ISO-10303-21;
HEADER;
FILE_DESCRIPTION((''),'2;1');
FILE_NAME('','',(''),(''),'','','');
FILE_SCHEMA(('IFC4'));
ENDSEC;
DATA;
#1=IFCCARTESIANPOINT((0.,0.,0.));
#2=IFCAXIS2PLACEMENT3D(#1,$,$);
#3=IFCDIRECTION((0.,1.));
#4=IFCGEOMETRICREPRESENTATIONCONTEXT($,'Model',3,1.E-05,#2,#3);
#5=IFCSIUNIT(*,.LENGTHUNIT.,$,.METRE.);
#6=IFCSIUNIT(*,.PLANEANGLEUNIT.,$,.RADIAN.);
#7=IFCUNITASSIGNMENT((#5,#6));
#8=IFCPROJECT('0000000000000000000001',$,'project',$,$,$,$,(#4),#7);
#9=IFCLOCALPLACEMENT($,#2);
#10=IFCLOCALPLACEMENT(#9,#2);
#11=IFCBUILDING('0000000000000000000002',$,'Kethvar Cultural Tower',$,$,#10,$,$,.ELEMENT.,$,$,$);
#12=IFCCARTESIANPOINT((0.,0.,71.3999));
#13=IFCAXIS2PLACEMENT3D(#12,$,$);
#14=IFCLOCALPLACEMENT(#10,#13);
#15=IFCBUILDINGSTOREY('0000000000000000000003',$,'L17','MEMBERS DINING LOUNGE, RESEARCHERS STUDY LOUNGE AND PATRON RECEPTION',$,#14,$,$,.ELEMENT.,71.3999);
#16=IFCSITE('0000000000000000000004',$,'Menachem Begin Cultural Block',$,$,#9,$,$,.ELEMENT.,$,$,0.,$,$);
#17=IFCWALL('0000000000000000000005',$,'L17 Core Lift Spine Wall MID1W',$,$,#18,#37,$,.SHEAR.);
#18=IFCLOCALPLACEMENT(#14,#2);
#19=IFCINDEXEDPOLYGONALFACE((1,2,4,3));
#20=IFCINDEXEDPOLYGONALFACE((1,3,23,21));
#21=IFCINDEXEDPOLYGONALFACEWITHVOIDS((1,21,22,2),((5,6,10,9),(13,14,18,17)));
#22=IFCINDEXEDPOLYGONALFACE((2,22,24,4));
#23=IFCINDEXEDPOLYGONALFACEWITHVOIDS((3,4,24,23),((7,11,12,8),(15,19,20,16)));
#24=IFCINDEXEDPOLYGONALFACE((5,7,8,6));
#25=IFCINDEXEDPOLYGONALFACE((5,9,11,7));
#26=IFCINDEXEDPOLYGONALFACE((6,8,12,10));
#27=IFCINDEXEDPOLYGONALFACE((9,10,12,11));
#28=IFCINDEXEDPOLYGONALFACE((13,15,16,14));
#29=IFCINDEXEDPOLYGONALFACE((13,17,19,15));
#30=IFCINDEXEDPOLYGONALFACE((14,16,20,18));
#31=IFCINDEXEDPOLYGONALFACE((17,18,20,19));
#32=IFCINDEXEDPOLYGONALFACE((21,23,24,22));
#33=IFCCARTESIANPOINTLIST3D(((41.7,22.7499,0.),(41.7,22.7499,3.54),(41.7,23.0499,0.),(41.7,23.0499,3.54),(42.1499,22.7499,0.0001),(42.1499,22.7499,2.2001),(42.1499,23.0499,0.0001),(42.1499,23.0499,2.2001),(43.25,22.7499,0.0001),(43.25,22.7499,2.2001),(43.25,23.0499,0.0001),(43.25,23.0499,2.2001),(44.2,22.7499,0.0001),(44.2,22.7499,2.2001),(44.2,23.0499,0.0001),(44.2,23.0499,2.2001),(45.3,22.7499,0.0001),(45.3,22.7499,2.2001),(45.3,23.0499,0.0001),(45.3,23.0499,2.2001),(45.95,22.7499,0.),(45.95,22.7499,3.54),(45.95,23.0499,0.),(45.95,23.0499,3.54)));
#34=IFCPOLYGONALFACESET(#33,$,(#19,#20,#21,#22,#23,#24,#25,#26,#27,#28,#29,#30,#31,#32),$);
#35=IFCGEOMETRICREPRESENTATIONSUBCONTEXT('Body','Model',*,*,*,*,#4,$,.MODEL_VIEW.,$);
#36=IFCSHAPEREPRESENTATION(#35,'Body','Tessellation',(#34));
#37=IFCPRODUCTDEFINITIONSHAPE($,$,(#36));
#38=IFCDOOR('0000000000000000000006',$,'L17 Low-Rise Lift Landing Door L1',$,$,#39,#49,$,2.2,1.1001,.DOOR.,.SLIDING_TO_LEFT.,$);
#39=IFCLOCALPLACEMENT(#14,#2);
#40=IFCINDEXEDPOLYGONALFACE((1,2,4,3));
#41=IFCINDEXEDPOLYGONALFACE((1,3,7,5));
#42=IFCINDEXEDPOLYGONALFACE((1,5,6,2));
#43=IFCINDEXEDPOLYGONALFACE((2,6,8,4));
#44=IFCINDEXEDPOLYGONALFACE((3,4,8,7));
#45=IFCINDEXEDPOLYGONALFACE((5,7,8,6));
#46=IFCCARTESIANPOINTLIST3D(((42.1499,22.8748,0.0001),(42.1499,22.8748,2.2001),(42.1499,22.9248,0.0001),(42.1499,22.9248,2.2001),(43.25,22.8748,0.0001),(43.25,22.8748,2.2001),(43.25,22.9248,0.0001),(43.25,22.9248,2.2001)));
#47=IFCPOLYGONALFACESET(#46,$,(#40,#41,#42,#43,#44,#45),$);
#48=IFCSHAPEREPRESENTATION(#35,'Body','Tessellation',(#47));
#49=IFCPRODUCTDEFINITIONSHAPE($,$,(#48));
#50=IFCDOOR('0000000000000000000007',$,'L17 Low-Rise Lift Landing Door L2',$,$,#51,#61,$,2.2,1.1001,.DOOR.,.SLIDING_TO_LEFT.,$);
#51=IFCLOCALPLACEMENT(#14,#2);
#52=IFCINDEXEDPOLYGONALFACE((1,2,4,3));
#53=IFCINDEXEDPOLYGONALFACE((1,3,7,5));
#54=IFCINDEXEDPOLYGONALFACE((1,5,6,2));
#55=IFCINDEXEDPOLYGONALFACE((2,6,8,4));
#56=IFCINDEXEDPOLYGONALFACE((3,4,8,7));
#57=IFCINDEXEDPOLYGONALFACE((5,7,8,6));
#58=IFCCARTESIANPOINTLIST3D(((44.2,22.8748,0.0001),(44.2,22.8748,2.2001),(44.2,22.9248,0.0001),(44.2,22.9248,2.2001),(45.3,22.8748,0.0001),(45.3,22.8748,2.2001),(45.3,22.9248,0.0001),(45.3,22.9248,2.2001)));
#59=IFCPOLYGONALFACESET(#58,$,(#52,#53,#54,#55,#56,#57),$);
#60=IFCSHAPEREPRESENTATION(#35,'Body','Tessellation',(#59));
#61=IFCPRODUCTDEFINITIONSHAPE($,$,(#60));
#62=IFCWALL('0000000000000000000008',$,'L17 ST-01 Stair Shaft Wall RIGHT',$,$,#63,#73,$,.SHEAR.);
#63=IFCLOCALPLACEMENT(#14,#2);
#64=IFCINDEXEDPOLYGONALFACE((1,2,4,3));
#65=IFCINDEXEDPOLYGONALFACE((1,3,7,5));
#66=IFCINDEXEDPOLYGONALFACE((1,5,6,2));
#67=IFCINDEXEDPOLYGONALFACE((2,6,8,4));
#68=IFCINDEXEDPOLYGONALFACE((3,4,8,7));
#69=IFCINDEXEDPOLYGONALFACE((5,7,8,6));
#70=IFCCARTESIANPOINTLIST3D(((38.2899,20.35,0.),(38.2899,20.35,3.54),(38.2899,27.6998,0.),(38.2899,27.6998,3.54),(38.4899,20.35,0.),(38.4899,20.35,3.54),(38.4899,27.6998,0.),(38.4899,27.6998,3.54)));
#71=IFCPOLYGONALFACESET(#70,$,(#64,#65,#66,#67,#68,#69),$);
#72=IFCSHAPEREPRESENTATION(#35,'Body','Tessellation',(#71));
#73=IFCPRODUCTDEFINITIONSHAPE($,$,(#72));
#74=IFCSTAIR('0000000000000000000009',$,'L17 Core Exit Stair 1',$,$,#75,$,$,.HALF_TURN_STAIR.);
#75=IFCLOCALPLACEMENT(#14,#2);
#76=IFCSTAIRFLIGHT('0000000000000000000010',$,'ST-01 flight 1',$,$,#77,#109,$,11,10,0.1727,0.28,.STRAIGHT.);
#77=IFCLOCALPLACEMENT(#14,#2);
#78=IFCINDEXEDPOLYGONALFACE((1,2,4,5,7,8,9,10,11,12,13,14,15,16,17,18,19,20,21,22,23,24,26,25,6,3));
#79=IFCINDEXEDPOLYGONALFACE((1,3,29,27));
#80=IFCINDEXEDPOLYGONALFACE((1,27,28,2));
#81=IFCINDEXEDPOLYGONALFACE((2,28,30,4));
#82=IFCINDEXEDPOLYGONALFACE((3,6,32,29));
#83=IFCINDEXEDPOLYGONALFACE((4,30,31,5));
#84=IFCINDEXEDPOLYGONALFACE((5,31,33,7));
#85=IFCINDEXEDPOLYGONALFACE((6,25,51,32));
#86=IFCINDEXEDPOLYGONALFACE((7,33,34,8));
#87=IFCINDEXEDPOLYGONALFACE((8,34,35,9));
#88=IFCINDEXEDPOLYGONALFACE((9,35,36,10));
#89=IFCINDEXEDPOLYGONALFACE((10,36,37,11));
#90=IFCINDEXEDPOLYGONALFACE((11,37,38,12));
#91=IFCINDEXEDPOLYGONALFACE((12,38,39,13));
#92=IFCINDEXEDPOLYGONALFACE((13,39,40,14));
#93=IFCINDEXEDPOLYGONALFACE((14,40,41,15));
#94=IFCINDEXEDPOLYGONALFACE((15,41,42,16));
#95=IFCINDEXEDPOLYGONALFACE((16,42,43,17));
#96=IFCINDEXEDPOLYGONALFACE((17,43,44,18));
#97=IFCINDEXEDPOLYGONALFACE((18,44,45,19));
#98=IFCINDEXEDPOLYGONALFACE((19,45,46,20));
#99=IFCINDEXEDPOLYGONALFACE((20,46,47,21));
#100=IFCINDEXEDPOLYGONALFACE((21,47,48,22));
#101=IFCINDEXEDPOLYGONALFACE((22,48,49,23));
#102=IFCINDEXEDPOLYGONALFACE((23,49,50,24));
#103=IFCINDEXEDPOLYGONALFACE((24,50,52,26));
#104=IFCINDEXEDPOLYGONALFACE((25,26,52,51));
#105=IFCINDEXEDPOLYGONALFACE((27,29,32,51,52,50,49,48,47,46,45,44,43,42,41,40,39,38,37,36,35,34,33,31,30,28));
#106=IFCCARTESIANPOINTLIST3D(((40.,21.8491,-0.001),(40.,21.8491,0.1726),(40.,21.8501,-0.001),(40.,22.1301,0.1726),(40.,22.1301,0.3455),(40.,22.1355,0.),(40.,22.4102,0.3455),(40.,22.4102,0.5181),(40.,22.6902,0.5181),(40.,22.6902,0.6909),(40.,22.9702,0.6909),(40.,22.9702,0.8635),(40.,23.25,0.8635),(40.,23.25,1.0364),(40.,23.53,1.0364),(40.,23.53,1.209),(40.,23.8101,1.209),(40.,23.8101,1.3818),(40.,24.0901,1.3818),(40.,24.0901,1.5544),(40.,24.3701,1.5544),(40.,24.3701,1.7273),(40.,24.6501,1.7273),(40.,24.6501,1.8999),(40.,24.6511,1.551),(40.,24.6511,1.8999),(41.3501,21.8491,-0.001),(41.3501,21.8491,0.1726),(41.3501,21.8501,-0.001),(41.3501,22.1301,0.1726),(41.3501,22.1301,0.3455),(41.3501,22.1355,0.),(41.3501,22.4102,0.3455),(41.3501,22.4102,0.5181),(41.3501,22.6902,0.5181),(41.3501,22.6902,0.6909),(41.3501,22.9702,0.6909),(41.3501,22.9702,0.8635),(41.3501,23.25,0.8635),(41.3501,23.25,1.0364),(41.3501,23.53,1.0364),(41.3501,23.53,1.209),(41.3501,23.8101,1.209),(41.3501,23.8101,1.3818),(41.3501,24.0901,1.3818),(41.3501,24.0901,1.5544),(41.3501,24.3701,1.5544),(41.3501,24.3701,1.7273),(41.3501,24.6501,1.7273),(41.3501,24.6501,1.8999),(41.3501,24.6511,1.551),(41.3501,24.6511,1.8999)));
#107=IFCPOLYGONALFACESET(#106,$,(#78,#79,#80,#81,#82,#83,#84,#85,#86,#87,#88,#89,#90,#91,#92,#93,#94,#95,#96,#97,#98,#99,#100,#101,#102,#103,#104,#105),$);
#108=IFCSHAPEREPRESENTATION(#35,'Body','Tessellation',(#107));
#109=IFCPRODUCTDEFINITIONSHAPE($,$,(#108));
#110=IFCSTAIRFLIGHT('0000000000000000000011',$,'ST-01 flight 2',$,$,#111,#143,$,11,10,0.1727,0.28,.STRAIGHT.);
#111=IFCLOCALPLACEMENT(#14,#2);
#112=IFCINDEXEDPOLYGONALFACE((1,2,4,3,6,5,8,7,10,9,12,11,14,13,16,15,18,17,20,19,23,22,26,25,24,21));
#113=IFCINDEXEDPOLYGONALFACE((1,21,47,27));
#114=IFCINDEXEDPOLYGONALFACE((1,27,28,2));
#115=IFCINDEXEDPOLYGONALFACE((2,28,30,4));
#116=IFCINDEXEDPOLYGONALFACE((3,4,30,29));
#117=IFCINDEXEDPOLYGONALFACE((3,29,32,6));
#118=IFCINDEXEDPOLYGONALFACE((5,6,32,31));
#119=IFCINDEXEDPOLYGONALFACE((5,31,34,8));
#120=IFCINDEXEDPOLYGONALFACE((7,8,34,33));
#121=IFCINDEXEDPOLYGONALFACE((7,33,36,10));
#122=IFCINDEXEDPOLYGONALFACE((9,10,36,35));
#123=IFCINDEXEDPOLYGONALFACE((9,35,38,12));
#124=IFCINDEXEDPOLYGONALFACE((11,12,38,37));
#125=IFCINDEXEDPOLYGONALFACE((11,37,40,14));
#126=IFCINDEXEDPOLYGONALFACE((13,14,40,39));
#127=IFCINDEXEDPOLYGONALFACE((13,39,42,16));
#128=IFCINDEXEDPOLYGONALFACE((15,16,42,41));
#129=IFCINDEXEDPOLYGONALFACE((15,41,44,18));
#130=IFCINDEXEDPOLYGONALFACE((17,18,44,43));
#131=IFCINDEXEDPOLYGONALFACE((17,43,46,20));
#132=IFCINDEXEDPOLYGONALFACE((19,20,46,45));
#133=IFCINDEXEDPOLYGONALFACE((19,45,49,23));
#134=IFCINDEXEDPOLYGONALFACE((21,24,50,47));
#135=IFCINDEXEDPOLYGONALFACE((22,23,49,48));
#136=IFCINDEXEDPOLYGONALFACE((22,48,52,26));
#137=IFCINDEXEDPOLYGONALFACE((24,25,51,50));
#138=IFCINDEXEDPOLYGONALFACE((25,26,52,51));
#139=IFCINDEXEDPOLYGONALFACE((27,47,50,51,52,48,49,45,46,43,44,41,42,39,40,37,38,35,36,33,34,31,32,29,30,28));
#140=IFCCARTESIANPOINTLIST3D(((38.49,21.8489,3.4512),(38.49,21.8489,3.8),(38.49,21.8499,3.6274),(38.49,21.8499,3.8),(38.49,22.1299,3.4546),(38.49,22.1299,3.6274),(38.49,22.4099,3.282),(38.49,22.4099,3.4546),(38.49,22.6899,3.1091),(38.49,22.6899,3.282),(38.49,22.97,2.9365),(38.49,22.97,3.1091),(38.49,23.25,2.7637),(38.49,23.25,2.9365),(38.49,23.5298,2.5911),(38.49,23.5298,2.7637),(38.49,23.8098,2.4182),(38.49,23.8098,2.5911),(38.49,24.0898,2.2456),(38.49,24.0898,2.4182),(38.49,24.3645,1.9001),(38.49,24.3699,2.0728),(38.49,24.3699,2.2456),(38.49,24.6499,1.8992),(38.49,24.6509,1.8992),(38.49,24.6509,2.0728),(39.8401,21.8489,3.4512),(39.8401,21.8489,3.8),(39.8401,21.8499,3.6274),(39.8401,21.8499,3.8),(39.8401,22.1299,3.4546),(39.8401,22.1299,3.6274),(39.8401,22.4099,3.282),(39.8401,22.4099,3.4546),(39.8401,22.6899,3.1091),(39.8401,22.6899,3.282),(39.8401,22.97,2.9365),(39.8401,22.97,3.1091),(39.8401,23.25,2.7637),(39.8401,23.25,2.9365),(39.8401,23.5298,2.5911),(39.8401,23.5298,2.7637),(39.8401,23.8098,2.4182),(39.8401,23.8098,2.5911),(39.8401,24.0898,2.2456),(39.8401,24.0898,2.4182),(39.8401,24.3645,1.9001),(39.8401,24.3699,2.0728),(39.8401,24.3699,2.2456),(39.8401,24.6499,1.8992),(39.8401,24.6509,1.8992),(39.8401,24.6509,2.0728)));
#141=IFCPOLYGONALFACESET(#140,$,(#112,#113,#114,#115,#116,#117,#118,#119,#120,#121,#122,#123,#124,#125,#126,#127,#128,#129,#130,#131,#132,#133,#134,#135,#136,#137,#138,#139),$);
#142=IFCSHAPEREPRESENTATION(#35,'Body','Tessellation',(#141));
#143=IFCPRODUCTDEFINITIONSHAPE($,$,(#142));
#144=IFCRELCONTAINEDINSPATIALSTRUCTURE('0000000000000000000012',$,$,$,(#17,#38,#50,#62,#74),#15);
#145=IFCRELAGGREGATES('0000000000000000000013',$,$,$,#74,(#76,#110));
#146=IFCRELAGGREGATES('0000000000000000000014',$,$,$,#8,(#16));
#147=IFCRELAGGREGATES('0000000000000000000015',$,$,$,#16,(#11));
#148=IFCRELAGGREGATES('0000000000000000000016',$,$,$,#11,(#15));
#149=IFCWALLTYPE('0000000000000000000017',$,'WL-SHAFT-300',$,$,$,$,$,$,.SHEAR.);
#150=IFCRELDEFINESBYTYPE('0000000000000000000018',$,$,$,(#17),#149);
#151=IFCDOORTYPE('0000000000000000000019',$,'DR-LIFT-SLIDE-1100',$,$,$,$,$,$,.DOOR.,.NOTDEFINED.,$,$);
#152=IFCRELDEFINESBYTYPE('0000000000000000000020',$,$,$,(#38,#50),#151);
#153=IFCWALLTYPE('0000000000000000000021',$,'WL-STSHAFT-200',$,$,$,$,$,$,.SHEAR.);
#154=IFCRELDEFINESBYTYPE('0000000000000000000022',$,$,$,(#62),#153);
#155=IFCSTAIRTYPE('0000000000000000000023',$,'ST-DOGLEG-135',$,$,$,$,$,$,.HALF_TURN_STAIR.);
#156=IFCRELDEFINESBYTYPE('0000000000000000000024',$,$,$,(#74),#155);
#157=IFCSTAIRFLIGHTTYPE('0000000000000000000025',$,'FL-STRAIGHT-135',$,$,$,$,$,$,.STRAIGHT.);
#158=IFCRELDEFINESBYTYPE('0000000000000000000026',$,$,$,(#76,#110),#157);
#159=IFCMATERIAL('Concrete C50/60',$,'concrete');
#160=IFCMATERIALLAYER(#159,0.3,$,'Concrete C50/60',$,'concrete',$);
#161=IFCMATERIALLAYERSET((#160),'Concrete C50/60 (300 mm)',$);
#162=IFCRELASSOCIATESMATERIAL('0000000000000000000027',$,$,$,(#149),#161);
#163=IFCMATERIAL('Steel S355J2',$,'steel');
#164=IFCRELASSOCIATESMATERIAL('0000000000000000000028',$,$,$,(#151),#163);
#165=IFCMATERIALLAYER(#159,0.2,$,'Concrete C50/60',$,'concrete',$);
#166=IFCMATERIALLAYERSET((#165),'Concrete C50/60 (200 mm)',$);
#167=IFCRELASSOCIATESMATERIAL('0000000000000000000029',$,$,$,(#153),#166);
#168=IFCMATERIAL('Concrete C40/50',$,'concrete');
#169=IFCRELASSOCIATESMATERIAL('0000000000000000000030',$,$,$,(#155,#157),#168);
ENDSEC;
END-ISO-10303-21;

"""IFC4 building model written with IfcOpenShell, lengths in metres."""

from ifc_helpers import new_model, si_unit, direction, frame, frame_2d, origin, place, context, subcontext, project, spatial, polyline, rectangle, outline, extrude, source, transform, mapped, material, layer, layer_set, type_object, element, fill, aggregate, save


model = new_model("IFC4")

# Units and contexts
model_context = context("Model", 3, precision=1e-05, world=origin(), true_north=direction((0.0, 1.0)))
body_context = subcontext(model_context, "Body", "Model", "MODEL_VIEW")
ifc_project = project(units=[si_unit("LENGTHUNIT", "METRE"), si_unit("PLANEANGLEUNIT", "RADIAN")], contexts=[model_context])

# Site, building, storey
site_placement = place(None, origin())
site = spatial("IfcSite", under=ifc_project, at=site_placement, Name="Menachem Begin Cultural Block", CompositionType="ELEMENT", RefElevation=0.0)
building_placement = place(site_placement, origin())
building = spatial("IfcBuilding", under=site, at=building_placement, Name="Kethvar Cultural Tower", CompositionType="ELEMENT")
storey_placement = place(building_placement, frame((0.0, 0.0, 71.3999)))
storey = spatial("IfcBuildingStorey", under=building, at=storey_placement, Name="L17", Description="MEMBERS DINING LOUNGE, RESEARCHERS STUDY LOUNGE AND PATRON RECEPTION", CompositionType="ELEMENT", Elevation=71.3999)

# Shared definitions
ifc_material_1 = material(Name="Steel S355J2", Category="steel")

# Wall, openings, doors
ifc_material_2 = material(Name="Concrete C50/60", Category="concrete")
ifc_layer_1 = layer(ifc_material_2, 0.3, Name="Concrete C50/60", Category="concrete")
ifc_layer_set_1 = layer_set([ifc_layer_1], Name="Concrete C50/60 (300 mm)")
wall_type_1 = type_object("IfcWallType", Name="WL-SHAFT-300", PredefinedType="SHEAR", material=ifc_layer_set_1)
wall_1_placement = place(storey_placement, frame((41.7, 22.8999, 0.0), z_axis=(0.0, 0.0, 1.0), x_axis=(1.0, 0.0, 0.0)))
wall_1 = element("IfcWall", 1, at=wall_1_placement, inside=storey, type_object=wall_type_1, Name="L17 Core Lift Spine Wall MID1W", PredefinedType="SHEAR", context=body_context, shape_type="SweptSolid", body=[
    extrude(rectangle(XDim=4.25, YDim=0.3, at=frame_2d((2.125, 0.0))), origin(), (0.0, 0.0, 1.0), 3.54),
])
opening_1_placement = place(wall_1_placement, frame((0.45, 0.0, 0.0)))
opening_1 = element("IfcOpeningElement", 2, at=opening_1_placement, cuts=wall_1, PredefinedType="OPENING", context=body_context, shape_type="SweptSolid", body=[
    extrude(rectangle(XDim=1.1001, YDim=2.2, at=frame_2d((0.55, 1.1001))), frame((0.0, 0.1599, 0.0), z_axis=(0.0, -1.0, 0.0), x_axis=(1.0, 0.0, 0.0)), (0.0, 0.0, 1.0), 0.3201),
])
opening_2_placement = place(wall_1_placement, frame((2.5, 0.0, 0.0)))
opening_2 = element("IfcOpeningElement", 3, at=opening_2_placement, cuts=wall_1, PredefinedType="OPENING", context=body_context, shape_type="SweptSolid", body=[
    extrude(rectangle(XDim=1.1001, YDim=2.2, at=frame_2d((0.55, 1.1001))), frame((0.0, 0.1599, 0.0), z_axis=(0.0, -1.0, 0.0), x_axis=(1.0, 0.0, 0.0)), (0.0, 0.0, 1.0), 0.3201),
])
door_type_1 = type_object("IfcDoorType", Name="DR-LIFT-SLIDE-1100", OperationType="NOTDEFINED", PredefinedType="DOOR", material=ifc_material_1)
shared_shape_1 = source(origin(), body_context, "Body", "SweptSolid", [
    extrude(rectangle(XDim=1.1001, YDim=2.2, at=frame_2d((0.55, 1.1001))), frame((0.0, 0.0249, 0.0), z_axis=(0.0, -1.0, 0.0), x_axis=(1.0, 0.0, 0.0)), (0.0, 0.0, 1.0), 0.05),
])
door_1_placement = place(opening_1_placement, origin())
door_1 = element("IfcDoor", 4, at=door_1_placement, inside=storey, type_object=door_type_1, Name="L17 Low-Rise Lift Landing Door L1", OperationType="SLIDING_TO_LEFT", OverallHeight=2.2, OverallWidth=1.1001, PredefinedType="DOOR", context=body_context, shape_type="MappedRepresentation", body=[
    mapped(shared_shape_1, transform((0.0, 0.0, 0.0), scale=1.0)),
])
fill(opening_1, door_1)
door_2_placement = place(opening_2_placement, origin())
door_2 = element("IfcDoor", 5, at=door_2_placement, inside=storey, type_object=door_type_1, Name="L17 Low-Rise Lift Landing Door L2", OperationType="SLIDING_TO_LEFT", OverallHeight=2.2, OverallWidth=1.1001, PredefinedType="DOOR", context=body_context, shape_type="MappedRepresentation", body=[
    mapped(shared_shape_1, transform((0.0, 0.0, 0.0), scale=1.0)),
])
fill(opening_2, door_2)

# Wall
ifc_layer_2 = layer(ifc_material_2, 0.2, Name="Concrete C50/60", Category="concrete")
ifc_layer_set_2 = layer_set([ifc_layer_2], Name="Concrete C50/60 (200 mm)")
wall_type_2 = type_object("IfcWallType", Name="WL-STSHAFT-200", PredefinedType="SHEAR", material=ifc_layer_set_2)
wall_2_placement = place(storey_placement, frame((38.3899, 20.3501, 0.0), z_axis=(0.0, 0.0, 1.0), x_axis=(0.0, 1.0, 0.0)))
element("IfcWall", 6, at=wall_2_placement, inside=storey, type_object=wall_type_2, Name="L17 ST-01 Stair Shaft Wall RIGHT", PredefinedType="SHEAR", context=body_context, shape_type="SweptSolid", body=[
    extrude(rectangle(XDim=7.3499, YDim=0.2, at=frame_2d((3.6748, 0.0))), origin(), (0.0, 0.0, 1.0), 3.54),
])

# Stair, stair flights
ifc_material_3 = material(Name="Concrete C40/50", Category="concrete")
stair_type = type_object("IfcStairType", Name="ST-DOGLEG-135", PredefinedType="HALF_TURN_STAIR", material=ifc_material_3)
stair_placement = place(storey_placement, origin())
stair = element("IfcStair", 7, at=stair_placement, inside=storey, type_object=stair_type, Name="L17 Core Exit Stair 1", PredefinedType="HALF_TURN_STAIR")
stair_flight_type = type_object("IfcStairFlightType", Name="FL-STRAIGHT-135", PredefinedType="STRAIGHT", material=ifc_material_3)
stair_flight_1_placement = place(storey_placement, frame((40.675, 21.8501, 0.0), z_axis=(0.0, 0.0, 1.0), x_axis=(0.0, 1.0, 0.0)))
stair_flight_1 = element("IfcStairFlight", 8, at=stair_flight_1_placement, type_object=stair_flight_type, Name="ST-01 flight 1", NumberOfRisers=11, NumberOfTreads=10, PredefinedType="STRAIGHT", RiserHeight=0.1727, TreadLength=0.28, context=body_context, shape_type="SweptSolid", body=[
    extrude(outline(polyline([(-0.001, -0.001), (-0.001, 0.1726), (0.28, 0.1726), (0.28, 0.3455), (0.5601, 0.3455), (0.5601, 0.5181), (0.8401, 0.5181), (0.8401, 0.6909), (1.1201, 0.6909), (1.1201, 0.8635), (1.3999, 0.8635), (1.3999, 1.0364), (1.6799, 1.0364), (1.6799, 1.209), (1.96, 1.209), (1.96, 1.3818), (2.24, 1.3818), (2.24, 1.5544), (2.52, 1.5544), (2.52, 1.7273), (2.8, 1.7273), (2.8, 1.8999), (2.801, 1.8999), (2.801, 1.551), (0.2854, 0.0), (0.0, -0.001), (-0.001, -0.001)])), frame((0.0, 0.675, 0.0), z_axis=(0.0, -1.0, 0.0), x_axis=(1.0, 0.0, 0.0)), (0.0, 0.0, 1.0), 1.3501),
])
stair_flight_2_placement = place(storey_placement, frame((39.165, 24.6499, 1.9001), z_axis=(0.0, 0.0, 1.0), x_axis=(0.0, -1.0, 0.0)))
stair_flight_2 = element("IfcStairFlight", 9, at=stair_flight_2_placement, type_object=stair_flight_type, Name="ST-01 flight 2", NumberOfRisers=11, NumberOfTreads=10, PredefinedType="STRAIGHT", RiserHeight=0.1727, TreadLength=0.28, context=body_context, shape_type="SweptSolid", body=[
    extrude(outline(polyline([(-0.001, -0.001), (-0.001, 0.1726), (0.28, 0.1726), (0.28, 0.3455), (0.5601, 0.3455), (0.5601, 0.5181), (0.8401, 0.5181), (0.8401, 0.6909), (1.1201, 0.6909), (1.1201, 0.8635), (1.3999, 0.8635), (1.3999, 1.0364), (1.6799, 1.0364), (1.6799, 1.209), (1.96, 1.209), (1.96, 1.3818), (2.24, 1.3818), (2.24, 1.5544), (2.52, 1.5544), (2.52, 1.7273), (2.8, 1.7273), (2.8, 1.8999), (2.801, 1.8999), (2.801, 1.551), (0.2854, 0.0), (0.0, -0.001), (-0.001, -0.001)])), frame((0.0, 0.675, 0.0), z_axis=(0.0, -1.0, 0.0), x_axis=(1.0, 0.0, 0.0)), (0.0, 0.0, 1.0), 1.3501),
])
aggregate(stair, [stair_flight_1, stair_flight_2])

save(model, "model.ifc")
